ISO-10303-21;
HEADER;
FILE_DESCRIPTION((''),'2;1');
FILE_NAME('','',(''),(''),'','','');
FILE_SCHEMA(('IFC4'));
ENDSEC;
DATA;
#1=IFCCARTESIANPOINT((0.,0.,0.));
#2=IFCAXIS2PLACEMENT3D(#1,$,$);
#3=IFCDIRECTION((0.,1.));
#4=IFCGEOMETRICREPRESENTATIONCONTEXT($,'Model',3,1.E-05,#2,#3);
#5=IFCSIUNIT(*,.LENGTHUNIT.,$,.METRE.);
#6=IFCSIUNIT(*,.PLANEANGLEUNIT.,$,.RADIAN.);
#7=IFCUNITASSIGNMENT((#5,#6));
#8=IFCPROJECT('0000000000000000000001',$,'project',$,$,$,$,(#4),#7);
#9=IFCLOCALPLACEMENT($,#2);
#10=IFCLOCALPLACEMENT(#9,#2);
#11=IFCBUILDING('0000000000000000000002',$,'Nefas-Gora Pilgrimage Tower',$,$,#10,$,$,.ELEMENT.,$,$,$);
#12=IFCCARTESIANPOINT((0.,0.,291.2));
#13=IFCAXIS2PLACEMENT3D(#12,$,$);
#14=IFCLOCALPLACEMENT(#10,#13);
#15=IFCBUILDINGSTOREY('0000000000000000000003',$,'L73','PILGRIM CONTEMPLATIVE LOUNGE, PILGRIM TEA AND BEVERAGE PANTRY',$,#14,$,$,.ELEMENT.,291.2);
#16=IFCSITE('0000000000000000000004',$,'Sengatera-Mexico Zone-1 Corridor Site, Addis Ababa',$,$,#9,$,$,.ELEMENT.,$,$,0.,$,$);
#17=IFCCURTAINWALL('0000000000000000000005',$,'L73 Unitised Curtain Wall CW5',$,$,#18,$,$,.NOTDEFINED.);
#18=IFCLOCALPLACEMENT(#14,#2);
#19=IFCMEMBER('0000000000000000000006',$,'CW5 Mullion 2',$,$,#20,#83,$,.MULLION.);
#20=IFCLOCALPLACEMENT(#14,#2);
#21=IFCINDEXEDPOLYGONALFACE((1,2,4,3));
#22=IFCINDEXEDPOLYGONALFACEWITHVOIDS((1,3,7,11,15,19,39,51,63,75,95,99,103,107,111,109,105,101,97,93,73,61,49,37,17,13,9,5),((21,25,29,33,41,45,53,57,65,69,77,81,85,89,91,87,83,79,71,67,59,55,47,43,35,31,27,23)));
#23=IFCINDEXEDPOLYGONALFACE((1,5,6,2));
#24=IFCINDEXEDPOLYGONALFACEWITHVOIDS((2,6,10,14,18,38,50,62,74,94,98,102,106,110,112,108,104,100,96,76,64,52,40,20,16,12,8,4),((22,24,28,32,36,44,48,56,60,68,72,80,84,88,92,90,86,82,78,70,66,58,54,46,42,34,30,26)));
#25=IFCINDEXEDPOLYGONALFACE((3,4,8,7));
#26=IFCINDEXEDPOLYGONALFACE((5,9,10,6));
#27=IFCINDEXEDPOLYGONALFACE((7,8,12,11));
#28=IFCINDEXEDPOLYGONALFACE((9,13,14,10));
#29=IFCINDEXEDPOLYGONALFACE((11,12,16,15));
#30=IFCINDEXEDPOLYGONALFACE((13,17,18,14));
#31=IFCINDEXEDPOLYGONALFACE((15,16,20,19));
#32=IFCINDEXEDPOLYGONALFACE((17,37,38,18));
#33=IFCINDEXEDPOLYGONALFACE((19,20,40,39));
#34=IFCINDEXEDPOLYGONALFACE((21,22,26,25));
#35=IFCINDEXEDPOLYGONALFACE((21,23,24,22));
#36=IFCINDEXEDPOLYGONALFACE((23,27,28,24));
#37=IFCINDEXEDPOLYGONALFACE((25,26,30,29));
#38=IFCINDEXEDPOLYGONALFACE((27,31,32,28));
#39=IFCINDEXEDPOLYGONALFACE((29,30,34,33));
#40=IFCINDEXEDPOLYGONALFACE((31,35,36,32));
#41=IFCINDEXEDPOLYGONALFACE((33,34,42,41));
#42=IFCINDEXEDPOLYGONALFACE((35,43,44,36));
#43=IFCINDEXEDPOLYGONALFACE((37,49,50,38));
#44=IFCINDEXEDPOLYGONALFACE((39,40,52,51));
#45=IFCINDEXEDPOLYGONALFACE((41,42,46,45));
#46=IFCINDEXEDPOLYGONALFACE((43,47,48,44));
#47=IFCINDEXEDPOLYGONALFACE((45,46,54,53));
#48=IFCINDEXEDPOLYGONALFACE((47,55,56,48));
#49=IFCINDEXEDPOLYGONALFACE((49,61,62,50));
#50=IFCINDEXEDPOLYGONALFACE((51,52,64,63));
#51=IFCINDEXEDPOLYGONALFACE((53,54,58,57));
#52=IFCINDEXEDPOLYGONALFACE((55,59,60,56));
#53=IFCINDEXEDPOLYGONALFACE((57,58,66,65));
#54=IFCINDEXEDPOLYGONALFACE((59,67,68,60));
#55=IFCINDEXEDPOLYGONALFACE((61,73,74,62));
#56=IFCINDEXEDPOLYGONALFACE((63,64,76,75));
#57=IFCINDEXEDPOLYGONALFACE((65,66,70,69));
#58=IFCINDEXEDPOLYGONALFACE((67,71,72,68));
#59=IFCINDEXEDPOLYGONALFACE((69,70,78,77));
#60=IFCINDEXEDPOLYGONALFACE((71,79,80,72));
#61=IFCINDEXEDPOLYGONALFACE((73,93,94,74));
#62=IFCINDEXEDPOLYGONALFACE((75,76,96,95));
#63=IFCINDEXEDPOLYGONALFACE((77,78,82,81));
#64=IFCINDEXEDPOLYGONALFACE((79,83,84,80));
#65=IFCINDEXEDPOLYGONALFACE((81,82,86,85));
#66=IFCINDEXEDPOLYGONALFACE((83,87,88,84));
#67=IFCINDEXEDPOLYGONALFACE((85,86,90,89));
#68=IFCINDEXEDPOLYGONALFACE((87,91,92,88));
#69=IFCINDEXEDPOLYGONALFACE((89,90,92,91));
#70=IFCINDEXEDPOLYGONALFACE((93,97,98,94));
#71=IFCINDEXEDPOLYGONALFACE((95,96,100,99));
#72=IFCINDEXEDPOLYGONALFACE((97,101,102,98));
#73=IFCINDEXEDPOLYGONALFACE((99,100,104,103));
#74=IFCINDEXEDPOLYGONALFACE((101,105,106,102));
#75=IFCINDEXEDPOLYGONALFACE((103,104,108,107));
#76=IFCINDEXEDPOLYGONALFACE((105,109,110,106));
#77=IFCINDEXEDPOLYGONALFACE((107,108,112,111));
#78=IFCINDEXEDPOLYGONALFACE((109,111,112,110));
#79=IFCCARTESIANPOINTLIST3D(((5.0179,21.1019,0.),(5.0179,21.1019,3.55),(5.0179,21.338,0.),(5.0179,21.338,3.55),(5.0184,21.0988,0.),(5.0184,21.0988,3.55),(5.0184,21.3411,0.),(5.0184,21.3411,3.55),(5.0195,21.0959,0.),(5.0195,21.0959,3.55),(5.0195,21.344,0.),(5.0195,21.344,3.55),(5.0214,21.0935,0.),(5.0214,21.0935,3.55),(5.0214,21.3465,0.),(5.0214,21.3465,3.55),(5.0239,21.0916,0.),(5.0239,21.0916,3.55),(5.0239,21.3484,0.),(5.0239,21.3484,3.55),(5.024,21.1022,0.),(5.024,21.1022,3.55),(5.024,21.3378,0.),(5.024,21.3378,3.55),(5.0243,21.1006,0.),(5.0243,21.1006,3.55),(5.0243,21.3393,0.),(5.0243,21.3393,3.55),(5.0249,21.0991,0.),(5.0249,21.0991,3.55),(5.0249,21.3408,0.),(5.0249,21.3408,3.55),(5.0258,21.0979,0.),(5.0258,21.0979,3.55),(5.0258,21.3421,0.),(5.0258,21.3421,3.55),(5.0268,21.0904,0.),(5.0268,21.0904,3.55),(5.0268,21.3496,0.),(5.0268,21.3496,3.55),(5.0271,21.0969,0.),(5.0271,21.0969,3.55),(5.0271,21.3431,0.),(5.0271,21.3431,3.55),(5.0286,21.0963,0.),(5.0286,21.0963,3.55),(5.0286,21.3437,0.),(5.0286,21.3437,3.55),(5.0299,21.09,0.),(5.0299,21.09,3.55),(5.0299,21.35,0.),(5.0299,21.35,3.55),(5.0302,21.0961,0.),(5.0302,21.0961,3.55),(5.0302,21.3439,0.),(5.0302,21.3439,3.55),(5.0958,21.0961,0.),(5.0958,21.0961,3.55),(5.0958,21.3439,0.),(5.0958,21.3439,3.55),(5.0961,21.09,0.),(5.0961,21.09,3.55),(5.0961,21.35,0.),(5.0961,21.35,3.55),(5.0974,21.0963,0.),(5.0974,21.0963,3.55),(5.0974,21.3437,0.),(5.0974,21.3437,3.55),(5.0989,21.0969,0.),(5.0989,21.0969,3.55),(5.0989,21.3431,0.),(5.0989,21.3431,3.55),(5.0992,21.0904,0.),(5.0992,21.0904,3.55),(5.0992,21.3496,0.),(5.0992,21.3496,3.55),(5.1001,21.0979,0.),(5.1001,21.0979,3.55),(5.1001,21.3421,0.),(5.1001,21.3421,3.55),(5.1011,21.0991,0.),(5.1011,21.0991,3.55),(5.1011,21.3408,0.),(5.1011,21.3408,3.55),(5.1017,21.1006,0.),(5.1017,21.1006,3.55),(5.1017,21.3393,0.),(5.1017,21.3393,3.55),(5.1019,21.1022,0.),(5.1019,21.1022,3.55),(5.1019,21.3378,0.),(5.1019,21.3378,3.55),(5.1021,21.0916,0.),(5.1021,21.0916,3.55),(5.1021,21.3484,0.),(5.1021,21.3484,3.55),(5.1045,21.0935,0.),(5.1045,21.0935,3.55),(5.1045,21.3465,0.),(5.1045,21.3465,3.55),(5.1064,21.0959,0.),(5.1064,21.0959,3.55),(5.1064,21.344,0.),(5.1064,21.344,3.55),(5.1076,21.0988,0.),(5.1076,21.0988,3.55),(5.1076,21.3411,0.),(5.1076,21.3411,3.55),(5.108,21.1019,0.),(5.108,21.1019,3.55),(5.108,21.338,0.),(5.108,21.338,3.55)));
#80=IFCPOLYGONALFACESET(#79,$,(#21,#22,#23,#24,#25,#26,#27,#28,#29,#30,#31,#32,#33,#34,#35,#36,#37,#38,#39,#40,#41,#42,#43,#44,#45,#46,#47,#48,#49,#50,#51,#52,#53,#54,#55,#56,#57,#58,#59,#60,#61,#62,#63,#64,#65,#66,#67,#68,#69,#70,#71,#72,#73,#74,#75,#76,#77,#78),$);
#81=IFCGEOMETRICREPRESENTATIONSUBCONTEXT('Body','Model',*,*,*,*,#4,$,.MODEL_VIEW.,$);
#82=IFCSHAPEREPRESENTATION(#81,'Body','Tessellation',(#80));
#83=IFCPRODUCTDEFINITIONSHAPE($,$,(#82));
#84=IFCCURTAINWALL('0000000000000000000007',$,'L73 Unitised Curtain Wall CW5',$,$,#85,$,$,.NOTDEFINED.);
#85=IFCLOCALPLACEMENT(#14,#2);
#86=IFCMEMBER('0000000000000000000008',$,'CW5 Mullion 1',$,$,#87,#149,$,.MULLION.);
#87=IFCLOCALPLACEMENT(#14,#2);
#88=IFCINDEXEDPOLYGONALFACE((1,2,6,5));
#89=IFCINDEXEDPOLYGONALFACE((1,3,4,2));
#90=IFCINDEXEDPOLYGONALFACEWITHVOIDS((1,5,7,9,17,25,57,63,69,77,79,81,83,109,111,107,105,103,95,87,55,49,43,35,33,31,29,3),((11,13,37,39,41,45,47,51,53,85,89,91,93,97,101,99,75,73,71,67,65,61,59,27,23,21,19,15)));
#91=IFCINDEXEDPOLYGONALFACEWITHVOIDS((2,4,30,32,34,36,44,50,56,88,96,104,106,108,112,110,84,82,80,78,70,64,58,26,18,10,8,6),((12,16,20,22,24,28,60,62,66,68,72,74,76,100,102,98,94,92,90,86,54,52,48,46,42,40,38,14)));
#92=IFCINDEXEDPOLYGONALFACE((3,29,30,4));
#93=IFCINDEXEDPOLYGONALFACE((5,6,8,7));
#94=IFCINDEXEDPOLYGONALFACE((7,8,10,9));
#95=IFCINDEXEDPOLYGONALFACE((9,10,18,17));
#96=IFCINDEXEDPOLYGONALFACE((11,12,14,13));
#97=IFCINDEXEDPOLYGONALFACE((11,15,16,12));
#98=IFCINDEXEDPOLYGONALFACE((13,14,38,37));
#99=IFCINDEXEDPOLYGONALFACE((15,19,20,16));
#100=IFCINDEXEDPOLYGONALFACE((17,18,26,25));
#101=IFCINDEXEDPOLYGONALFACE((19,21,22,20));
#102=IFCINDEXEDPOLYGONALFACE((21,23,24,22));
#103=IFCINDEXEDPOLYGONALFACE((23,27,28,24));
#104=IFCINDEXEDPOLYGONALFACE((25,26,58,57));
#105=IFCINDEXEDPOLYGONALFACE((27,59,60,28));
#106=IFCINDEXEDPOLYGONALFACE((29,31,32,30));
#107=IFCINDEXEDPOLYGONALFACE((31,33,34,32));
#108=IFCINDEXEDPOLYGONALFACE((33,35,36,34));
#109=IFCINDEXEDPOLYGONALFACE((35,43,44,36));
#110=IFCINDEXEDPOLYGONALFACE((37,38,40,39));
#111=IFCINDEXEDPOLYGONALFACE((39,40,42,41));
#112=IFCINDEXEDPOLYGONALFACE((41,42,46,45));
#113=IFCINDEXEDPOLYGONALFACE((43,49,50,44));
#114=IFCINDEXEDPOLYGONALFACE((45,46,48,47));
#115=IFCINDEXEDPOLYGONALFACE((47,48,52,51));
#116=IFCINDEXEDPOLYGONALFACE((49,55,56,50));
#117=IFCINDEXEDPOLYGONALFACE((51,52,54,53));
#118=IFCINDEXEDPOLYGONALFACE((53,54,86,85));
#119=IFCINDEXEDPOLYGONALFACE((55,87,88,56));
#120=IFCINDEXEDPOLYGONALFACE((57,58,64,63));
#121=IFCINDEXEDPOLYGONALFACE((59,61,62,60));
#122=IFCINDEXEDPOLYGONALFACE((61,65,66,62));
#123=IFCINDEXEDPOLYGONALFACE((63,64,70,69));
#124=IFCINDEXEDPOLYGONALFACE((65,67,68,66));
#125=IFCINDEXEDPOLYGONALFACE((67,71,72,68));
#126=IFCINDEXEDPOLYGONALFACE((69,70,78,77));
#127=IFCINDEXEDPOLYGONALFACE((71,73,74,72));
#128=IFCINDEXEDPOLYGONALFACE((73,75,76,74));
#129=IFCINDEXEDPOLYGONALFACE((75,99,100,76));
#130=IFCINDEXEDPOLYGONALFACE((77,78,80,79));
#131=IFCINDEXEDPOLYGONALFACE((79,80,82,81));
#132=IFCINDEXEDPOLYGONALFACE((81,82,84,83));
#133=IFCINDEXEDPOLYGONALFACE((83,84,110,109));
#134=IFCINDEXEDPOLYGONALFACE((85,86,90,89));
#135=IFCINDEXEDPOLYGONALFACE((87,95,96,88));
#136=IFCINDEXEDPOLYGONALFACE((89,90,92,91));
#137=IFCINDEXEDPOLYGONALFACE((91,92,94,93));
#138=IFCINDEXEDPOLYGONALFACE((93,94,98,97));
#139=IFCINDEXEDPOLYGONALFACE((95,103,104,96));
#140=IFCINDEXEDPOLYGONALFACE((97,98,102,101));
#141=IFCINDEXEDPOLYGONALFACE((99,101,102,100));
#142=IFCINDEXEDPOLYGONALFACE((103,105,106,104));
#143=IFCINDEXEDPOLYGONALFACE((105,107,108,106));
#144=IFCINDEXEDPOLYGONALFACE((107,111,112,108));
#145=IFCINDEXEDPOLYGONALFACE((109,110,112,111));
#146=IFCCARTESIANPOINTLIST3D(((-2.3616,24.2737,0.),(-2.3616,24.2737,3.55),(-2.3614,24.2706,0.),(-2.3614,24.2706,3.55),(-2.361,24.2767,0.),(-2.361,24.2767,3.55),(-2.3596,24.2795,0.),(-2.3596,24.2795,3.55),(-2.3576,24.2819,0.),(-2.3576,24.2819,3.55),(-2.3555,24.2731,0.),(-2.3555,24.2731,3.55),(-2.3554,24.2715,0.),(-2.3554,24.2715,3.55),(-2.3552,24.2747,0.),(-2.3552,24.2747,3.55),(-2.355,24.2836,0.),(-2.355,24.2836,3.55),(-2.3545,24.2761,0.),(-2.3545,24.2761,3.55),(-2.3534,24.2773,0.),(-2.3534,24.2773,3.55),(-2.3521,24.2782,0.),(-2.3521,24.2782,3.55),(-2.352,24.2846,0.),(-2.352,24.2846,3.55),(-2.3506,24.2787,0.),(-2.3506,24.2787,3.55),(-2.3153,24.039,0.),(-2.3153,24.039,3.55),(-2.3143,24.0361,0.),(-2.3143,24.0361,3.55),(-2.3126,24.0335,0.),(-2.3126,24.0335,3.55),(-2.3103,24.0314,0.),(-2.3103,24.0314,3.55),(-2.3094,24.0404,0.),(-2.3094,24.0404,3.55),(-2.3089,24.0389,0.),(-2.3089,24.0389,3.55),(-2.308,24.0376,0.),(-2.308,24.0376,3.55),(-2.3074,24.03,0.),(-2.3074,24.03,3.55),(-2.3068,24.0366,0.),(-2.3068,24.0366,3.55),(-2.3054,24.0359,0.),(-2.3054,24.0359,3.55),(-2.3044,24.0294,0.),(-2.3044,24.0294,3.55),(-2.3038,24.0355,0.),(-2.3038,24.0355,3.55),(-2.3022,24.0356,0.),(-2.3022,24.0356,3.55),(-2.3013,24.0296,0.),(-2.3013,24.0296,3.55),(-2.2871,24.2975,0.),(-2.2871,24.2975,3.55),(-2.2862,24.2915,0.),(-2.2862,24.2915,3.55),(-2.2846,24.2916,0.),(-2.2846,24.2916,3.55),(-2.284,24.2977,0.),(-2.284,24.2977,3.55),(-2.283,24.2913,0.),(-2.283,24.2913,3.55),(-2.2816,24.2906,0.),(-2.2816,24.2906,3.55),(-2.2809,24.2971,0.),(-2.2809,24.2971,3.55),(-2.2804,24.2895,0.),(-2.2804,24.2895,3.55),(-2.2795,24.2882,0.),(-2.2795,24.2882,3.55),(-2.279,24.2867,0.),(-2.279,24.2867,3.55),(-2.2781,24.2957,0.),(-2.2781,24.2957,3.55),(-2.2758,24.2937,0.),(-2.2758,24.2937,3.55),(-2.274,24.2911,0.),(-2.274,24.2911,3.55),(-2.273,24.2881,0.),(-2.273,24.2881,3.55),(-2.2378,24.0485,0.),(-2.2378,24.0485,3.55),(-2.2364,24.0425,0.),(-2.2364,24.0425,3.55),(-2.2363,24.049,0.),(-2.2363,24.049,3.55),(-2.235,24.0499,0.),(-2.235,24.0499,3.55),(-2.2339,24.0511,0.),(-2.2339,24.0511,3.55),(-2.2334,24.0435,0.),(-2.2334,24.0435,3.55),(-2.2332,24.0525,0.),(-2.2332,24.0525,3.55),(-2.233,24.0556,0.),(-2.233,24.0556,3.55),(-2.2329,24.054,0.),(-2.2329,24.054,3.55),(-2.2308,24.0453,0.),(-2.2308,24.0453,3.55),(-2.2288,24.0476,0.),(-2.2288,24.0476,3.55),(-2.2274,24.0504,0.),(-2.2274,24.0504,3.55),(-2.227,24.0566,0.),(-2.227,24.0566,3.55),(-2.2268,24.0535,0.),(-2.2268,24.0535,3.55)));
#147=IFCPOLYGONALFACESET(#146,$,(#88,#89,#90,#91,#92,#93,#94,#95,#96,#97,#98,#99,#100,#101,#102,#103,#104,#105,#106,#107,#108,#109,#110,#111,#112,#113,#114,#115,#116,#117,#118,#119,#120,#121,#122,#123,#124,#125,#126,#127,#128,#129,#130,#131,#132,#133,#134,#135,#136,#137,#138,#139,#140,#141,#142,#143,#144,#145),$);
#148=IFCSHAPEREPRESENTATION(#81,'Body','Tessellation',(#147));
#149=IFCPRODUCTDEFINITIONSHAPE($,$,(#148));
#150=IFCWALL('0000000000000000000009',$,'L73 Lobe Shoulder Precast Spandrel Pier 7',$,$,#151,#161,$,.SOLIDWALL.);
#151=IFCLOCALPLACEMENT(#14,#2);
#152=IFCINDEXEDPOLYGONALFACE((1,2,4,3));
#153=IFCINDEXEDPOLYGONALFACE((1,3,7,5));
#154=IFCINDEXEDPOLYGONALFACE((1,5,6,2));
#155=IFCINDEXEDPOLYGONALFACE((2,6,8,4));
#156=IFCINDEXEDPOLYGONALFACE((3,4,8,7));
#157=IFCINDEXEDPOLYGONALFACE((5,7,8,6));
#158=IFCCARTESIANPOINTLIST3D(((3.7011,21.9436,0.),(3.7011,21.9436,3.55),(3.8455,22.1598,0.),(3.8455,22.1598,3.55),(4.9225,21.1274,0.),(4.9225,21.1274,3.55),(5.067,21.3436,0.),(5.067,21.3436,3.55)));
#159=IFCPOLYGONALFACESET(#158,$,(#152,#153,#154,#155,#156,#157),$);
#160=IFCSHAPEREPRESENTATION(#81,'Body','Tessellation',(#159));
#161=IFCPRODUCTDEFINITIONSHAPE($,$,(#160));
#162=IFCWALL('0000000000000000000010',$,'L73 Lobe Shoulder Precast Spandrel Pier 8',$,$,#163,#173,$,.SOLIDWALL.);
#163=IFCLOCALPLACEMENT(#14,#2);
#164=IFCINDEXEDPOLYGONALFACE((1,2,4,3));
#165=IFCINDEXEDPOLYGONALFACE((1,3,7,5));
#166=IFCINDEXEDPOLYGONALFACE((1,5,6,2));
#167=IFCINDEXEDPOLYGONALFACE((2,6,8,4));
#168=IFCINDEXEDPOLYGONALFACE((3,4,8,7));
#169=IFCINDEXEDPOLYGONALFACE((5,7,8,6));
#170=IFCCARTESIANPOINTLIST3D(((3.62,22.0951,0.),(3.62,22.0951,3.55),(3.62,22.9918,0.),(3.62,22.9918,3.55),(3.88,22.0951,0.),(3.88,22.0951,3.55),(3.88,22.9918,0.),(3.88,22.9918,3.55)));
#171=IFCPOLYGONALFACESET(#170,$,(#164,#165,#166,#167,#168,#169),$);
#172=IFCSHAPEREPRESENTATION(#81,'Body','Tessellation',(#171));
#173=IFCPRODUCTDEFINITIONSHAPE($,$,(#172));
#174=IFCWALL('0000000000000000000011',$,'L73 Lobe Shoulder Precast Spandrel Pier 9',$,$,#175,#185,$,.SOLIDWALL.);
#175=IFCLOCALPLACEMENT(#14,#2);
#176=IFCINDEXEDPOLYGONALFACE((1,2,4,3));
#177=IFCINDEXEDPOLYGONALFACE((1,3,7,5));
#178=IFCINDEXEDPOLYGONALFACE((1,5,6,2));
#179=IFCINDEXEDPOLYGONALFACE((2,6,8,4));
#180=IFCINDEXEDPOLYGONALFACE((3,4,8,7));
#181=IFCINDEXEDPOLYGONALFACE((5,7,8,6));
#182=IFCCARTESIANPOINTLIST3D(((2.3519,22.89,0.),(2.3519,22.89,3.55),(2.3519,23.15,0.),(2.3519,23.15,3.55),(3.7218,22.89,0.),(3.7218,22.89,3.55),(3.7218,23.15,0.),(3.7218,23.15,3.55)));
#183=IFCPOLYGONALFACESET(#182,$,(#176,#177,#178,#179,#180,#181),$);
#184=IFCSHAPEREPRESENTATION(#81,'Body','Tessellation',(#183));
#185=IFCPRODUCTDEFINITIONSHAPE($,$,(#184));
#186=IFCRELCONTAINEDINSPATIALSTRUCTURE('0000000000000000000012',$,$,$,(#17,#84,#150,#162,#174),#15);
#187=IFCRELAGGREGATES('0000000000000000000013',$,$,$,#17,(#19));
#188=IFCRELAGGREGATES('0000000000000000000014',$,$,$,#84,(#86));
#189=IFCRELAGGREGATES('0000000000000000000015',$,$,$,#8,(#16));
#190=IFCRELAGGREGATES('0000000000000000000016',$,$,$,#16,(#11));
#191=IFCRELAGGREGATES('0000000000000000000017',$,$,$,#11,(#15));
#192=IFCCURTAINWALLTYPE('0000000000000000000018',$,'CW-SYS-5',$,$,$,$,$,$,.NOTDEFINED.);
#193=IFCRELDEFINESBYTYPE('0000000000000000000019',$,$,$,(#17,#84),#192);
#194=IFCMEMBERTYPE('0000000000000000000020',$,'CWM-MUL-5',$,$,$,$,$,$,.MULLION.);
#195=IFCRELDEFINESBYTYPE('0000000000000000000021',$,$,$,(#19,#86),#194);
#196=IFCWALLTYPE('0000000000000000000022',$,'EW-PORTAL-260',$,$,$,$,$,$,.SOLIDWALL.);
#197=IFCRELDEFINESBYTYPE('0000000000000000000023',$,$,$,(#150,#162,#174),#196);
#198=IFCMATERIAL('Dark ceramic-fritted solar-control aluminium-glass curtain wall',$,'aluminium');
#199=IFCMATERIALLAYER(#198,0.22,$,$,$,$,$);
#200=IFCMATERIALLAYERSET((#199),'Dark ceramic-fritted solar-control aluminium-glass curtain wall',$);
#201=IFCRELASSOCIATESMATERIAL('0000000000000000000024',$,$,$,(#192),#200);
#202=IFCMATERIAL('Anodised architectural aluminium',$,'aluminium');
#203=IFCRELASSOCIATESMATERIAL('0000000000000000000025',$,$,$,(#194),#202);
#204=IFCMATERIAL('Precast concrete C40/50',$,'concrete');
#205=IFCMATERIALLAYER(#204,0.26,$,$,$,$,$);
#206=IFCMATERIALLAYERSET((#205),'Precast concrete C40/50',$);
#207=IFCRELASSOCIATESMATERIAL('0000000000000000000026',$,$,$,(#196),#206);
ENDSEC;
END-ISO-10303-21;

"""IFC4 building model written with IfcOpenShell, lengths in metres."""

from ifc_helpers import new_model, si_unit, direction, frame, frame_2d, origin, origin_2d, place, context, subcontext, project, spatial, rectangle, hollow_rectangle, extrude, source, transform, mapped, material, layer, layer_set, material_profile, profile_set, type_object, element, aggregate, save


model = new_model("IFC4")

# Units and contexts
model_context = context("Model", 3, precision=1e-05, world=origin(), true_north=direction((0.0, 1.0)))
body_context = subcontext(model_context, "Body", "Model", "MODEL_VIEW")
ifc_project = project(units=[si_unit("LENGTHUNIT", "METRE"), si_unit("PLANEANGLEUNIT", "RADIAN")], contexts=[model_context])

# Site, building, storey
site_placement = place(None, origin())
site = spatial("IfcSite", under=ifc_project, at=site_placement, Name="Sengatera-Mexico Zone-1 Corridor Site, Addis Ababa", CompositionType="ELEMENT", RefElevation=0.0)
building_placement = place(site_placement, origin())
building = spatial("IfcBuilding", under=site, at=building_placement, Name="Nefas-Gora Pilgrimage Tower", CompositionType="ELEMENT")
storey_placement = place(building_placement, frame((0.0, 0.0, 291.2)))
storey = spatial("IfcBuildingStorey", under=building, at=storey_placement, Name="L73", Description="PILGRIM CONTEMPLATIVE LOUNGE, PILGRIM TEA AND BEVERAGE PANTRY", CompositionType="ELEMENT", Elevation=291.2)

# Curtain walls, members
ifc_material_1 = material(Name="Dark ceramic-fritted solar-control aluminium-glass curtain wall", Category="aluminium")
ifc_layer_1 = layer(ifc_material_1, 0.22)
ifc_layer_set_1 = layer_set([ifc_layer_1], Name="Dark ceramic-fritted solar-control aluminium-glass curtain wall")
curtain_wall_type = type_object("IfcCurtainWallType", Name="CW-SYS-5", PredefinedType="NOTDEFINED", material=ifc_layer_set_1)
curtain_wall_1_placement = place(storey_placement, origin())
curtain_wall_1 = element("IfcCurtainWall", 1, at=curtain_wall_1_placement, inside=storey, type_object=curtain_wall_type, Name="L73 Unitised Curtain Wall CW5", PredefinedType="NOTDEFINED")
ifc_material_2 = material(Name="Anodised architectural aluminium", Category="aluminium")
ifc_material_profile_1 = material_profile(ifc_material_2, hollow_rectangle(XDim=0.0901, YDim=0.26, WallThickness=0.0061, InnerFilletRadius=0.0061, OuterFilletRadius=0.012, at=origin_2d()), Name="ALU MULLION 90x260")
ifc_profile_set_1 = profile_set([ifc_material_profile_1], Name="Anodised architectural aluminium")
member_type = type_object("IfcMemberType", Name="CWM-MUL-5", PredefinedType="MULLION", material=ifc_profile_set_1)
shared_shape_1 = source(origin(), body_context, "Body", "SweptSolid", [
    extrude(hollow_rectangle(XDim=0.0901, YDim=0.26, WallThickness=0.0061, InnerFilletRadius=0.0061, OuterFilletRadius=0.012, at=origin_2d()), origin(), (0.0, 0.0, 1.0), 3.55),
])
member_1_placement = place(storey_placement, frame((5.063, 21.22, 0.0), z_axis=(0.0, 0.0, 1.0), x_axis=(-1.0, 0.0, 0.0)))
member_1 = element("IfcMember", 2, at=member_1_placement, type_object=member_type, Name="CW5 Mullion 2", PredefinedType="MULLION", context=body_context, shape_type="MappedRepresentation", body=[
    mapped(shared_shape_1, transform((0.0, 0.0, 0.0), x_axis=(1.0, 0.0, 0.0), y_axis=(0.0, 1.0, 0.0), z_axis=(0.0, 0.0, 1.0), scale=1.0)),
])
aggregate(curtain_wall_1, [member_1])
curtain_wall_2_placement = place(storey_placement, origin())
curtain_wall_2 = element("IfcCurtainWall", 3, at=curtain_wall_2_placement, inside=storey, type_object=curtain_wall_type, Name="L73 Unitised Curtain Wall CW5", PredefinedType="NOTDEFINED")
member_2_placement = place(storey_placement, frame((-2.2942, 24.1636, 0.0), z_axis=(0.0, 0.0, 1.0), x_axis=(-0.980783, -0.195102, 0.0)))
member_2 = element("IfcMember", 4, at=member_2_placement, type_object=member_type, Name="CW5 Mullion 1", PredefinedType="MULLION", context=body_context, shape_type="MappedRepresentation", body=[
    mapped(shared_shape_1, transform((0.0, 0.0, 0.0), x_axis=(1.0, 0.0, 0.0), y_axis=(0.0, 1.0, 0.0), z_axis=(0.0, 0.0, 1.0), scale=1.0)),
])
aggregate(curtain_wall_2, [member_2])

# Walls
ifc_material_3 = material(Name="Precast concrete C40/50", Category="concrete")
ifc_layer_2 = layer(ifc_material_3, 0.26)
ifc_layer_set_2 = layer_set([ifc_layer_2], Name="Precast concrete C40/50")
wall_type_1 = type_object("IfcWallType", Name="EW-PORTAL-260", PredefinedType="SOLIDWALL", material=ifc_layer_set_2)
shared_shape_2 = source(origin(), body_context, "Body", "SweptSolid", [
    extrude(rectangle(XDim=1.469, YDim=0.26, at=frame_2d((0.7344, 0.0))), origin(), (0.0, 0.0, 1.0), 3.55),
])
wall_1_placement = place(storey_placement, frame((4.9946, 21.2356, 0.0), z_axis=(0.0, 0.0, 1.0), x_axis=(-0.831462, 0.555582, 0.0)))
element("IfcWall", 5, at=wall_1_placement, inside=storey, type_object=wall_type_1, Name="L73 Lobe Shoulder Precast Spandrel Pier 7", PredefinedType="SOLIDWALL", context=body_context, shape_type="MappedRepresentation", body=[
    mapped(shared_shape_2, transform((0.0, 0.0, 0.0), x_axis=(1.0, 0.0, 0.0), y_axis=(0.0, 1.0, 0.0), z_axis=(0.0, 0.0, 1.0), scale=1.0)),
])
shared_shape_3 = source(origin(), body_context, "Body", "SweptSolid", [
    extrude(rectangle(XDim=0.8967, YDim=0.26, at=frame_2d((0.4482, 0.0))), origin(), (0.0, 0.0, 1.0), 3.55),
])
wall_2_placement = place(storey_placement, frame((3.75, 22.0952, 0.0), z_axis=(0.0, 0.0, 1.0), x_axis=(0.0, 1.0, 0.0)))
element("IfcWall", 6, at=wall_2_placement, inside=storey, type_object=wall_type_1, Name="L73 Lobe Shoulder Precast Spandrel Pier 8", PredefinedType="SOLIDWALL", context=body_context, shape_type="MappedRepresentation", body=[
    mapped(shared_shape_3, transform((0.0, 0.0, 0.0), x_axis=(1.0, 0.0, 0.0), y_axis=(0.0, 1.0, 0.0), z_axis=(0.0, 0.0, 1.0), scale=1.0)),
])
shared_shape_4 = source(origin(), body_context, "Body", "SweptSolid", [
    extrude(rectangle(XDim=1.3699, YDim=0.26, at=frame_2d((0.6851, 0.0))), origin(), (0.0, 0.0, 1.0), 3.55),
])
wall_3_placement = place(storey_placement, frame((3.7219, 23.02, 0.0), z_axis=(0.0, 0.0, 1.0), x_axis=(-1.0, 0.0, 0.0)))
element("IfcWall", 7, at=wall_3_placement, inside=storey, type_object=wall_type_1, Name="L73 Lobe Shoulder Precast Spandrel Pier 9", PredefinedType="SOLIDWALL", context=body_context, shape_type="MappedRepresentation", body=[
    mapped(shared_shape_4, transform((0.0, 0.0, 0.0), x_axis=(1.0, 0.0, 0.0), y_axis=(0.0, 1.0, 0.0), z_axis=(0.0, 0.0, 1.0), scale=1.0)),
])

save(model, "model.ifc")
